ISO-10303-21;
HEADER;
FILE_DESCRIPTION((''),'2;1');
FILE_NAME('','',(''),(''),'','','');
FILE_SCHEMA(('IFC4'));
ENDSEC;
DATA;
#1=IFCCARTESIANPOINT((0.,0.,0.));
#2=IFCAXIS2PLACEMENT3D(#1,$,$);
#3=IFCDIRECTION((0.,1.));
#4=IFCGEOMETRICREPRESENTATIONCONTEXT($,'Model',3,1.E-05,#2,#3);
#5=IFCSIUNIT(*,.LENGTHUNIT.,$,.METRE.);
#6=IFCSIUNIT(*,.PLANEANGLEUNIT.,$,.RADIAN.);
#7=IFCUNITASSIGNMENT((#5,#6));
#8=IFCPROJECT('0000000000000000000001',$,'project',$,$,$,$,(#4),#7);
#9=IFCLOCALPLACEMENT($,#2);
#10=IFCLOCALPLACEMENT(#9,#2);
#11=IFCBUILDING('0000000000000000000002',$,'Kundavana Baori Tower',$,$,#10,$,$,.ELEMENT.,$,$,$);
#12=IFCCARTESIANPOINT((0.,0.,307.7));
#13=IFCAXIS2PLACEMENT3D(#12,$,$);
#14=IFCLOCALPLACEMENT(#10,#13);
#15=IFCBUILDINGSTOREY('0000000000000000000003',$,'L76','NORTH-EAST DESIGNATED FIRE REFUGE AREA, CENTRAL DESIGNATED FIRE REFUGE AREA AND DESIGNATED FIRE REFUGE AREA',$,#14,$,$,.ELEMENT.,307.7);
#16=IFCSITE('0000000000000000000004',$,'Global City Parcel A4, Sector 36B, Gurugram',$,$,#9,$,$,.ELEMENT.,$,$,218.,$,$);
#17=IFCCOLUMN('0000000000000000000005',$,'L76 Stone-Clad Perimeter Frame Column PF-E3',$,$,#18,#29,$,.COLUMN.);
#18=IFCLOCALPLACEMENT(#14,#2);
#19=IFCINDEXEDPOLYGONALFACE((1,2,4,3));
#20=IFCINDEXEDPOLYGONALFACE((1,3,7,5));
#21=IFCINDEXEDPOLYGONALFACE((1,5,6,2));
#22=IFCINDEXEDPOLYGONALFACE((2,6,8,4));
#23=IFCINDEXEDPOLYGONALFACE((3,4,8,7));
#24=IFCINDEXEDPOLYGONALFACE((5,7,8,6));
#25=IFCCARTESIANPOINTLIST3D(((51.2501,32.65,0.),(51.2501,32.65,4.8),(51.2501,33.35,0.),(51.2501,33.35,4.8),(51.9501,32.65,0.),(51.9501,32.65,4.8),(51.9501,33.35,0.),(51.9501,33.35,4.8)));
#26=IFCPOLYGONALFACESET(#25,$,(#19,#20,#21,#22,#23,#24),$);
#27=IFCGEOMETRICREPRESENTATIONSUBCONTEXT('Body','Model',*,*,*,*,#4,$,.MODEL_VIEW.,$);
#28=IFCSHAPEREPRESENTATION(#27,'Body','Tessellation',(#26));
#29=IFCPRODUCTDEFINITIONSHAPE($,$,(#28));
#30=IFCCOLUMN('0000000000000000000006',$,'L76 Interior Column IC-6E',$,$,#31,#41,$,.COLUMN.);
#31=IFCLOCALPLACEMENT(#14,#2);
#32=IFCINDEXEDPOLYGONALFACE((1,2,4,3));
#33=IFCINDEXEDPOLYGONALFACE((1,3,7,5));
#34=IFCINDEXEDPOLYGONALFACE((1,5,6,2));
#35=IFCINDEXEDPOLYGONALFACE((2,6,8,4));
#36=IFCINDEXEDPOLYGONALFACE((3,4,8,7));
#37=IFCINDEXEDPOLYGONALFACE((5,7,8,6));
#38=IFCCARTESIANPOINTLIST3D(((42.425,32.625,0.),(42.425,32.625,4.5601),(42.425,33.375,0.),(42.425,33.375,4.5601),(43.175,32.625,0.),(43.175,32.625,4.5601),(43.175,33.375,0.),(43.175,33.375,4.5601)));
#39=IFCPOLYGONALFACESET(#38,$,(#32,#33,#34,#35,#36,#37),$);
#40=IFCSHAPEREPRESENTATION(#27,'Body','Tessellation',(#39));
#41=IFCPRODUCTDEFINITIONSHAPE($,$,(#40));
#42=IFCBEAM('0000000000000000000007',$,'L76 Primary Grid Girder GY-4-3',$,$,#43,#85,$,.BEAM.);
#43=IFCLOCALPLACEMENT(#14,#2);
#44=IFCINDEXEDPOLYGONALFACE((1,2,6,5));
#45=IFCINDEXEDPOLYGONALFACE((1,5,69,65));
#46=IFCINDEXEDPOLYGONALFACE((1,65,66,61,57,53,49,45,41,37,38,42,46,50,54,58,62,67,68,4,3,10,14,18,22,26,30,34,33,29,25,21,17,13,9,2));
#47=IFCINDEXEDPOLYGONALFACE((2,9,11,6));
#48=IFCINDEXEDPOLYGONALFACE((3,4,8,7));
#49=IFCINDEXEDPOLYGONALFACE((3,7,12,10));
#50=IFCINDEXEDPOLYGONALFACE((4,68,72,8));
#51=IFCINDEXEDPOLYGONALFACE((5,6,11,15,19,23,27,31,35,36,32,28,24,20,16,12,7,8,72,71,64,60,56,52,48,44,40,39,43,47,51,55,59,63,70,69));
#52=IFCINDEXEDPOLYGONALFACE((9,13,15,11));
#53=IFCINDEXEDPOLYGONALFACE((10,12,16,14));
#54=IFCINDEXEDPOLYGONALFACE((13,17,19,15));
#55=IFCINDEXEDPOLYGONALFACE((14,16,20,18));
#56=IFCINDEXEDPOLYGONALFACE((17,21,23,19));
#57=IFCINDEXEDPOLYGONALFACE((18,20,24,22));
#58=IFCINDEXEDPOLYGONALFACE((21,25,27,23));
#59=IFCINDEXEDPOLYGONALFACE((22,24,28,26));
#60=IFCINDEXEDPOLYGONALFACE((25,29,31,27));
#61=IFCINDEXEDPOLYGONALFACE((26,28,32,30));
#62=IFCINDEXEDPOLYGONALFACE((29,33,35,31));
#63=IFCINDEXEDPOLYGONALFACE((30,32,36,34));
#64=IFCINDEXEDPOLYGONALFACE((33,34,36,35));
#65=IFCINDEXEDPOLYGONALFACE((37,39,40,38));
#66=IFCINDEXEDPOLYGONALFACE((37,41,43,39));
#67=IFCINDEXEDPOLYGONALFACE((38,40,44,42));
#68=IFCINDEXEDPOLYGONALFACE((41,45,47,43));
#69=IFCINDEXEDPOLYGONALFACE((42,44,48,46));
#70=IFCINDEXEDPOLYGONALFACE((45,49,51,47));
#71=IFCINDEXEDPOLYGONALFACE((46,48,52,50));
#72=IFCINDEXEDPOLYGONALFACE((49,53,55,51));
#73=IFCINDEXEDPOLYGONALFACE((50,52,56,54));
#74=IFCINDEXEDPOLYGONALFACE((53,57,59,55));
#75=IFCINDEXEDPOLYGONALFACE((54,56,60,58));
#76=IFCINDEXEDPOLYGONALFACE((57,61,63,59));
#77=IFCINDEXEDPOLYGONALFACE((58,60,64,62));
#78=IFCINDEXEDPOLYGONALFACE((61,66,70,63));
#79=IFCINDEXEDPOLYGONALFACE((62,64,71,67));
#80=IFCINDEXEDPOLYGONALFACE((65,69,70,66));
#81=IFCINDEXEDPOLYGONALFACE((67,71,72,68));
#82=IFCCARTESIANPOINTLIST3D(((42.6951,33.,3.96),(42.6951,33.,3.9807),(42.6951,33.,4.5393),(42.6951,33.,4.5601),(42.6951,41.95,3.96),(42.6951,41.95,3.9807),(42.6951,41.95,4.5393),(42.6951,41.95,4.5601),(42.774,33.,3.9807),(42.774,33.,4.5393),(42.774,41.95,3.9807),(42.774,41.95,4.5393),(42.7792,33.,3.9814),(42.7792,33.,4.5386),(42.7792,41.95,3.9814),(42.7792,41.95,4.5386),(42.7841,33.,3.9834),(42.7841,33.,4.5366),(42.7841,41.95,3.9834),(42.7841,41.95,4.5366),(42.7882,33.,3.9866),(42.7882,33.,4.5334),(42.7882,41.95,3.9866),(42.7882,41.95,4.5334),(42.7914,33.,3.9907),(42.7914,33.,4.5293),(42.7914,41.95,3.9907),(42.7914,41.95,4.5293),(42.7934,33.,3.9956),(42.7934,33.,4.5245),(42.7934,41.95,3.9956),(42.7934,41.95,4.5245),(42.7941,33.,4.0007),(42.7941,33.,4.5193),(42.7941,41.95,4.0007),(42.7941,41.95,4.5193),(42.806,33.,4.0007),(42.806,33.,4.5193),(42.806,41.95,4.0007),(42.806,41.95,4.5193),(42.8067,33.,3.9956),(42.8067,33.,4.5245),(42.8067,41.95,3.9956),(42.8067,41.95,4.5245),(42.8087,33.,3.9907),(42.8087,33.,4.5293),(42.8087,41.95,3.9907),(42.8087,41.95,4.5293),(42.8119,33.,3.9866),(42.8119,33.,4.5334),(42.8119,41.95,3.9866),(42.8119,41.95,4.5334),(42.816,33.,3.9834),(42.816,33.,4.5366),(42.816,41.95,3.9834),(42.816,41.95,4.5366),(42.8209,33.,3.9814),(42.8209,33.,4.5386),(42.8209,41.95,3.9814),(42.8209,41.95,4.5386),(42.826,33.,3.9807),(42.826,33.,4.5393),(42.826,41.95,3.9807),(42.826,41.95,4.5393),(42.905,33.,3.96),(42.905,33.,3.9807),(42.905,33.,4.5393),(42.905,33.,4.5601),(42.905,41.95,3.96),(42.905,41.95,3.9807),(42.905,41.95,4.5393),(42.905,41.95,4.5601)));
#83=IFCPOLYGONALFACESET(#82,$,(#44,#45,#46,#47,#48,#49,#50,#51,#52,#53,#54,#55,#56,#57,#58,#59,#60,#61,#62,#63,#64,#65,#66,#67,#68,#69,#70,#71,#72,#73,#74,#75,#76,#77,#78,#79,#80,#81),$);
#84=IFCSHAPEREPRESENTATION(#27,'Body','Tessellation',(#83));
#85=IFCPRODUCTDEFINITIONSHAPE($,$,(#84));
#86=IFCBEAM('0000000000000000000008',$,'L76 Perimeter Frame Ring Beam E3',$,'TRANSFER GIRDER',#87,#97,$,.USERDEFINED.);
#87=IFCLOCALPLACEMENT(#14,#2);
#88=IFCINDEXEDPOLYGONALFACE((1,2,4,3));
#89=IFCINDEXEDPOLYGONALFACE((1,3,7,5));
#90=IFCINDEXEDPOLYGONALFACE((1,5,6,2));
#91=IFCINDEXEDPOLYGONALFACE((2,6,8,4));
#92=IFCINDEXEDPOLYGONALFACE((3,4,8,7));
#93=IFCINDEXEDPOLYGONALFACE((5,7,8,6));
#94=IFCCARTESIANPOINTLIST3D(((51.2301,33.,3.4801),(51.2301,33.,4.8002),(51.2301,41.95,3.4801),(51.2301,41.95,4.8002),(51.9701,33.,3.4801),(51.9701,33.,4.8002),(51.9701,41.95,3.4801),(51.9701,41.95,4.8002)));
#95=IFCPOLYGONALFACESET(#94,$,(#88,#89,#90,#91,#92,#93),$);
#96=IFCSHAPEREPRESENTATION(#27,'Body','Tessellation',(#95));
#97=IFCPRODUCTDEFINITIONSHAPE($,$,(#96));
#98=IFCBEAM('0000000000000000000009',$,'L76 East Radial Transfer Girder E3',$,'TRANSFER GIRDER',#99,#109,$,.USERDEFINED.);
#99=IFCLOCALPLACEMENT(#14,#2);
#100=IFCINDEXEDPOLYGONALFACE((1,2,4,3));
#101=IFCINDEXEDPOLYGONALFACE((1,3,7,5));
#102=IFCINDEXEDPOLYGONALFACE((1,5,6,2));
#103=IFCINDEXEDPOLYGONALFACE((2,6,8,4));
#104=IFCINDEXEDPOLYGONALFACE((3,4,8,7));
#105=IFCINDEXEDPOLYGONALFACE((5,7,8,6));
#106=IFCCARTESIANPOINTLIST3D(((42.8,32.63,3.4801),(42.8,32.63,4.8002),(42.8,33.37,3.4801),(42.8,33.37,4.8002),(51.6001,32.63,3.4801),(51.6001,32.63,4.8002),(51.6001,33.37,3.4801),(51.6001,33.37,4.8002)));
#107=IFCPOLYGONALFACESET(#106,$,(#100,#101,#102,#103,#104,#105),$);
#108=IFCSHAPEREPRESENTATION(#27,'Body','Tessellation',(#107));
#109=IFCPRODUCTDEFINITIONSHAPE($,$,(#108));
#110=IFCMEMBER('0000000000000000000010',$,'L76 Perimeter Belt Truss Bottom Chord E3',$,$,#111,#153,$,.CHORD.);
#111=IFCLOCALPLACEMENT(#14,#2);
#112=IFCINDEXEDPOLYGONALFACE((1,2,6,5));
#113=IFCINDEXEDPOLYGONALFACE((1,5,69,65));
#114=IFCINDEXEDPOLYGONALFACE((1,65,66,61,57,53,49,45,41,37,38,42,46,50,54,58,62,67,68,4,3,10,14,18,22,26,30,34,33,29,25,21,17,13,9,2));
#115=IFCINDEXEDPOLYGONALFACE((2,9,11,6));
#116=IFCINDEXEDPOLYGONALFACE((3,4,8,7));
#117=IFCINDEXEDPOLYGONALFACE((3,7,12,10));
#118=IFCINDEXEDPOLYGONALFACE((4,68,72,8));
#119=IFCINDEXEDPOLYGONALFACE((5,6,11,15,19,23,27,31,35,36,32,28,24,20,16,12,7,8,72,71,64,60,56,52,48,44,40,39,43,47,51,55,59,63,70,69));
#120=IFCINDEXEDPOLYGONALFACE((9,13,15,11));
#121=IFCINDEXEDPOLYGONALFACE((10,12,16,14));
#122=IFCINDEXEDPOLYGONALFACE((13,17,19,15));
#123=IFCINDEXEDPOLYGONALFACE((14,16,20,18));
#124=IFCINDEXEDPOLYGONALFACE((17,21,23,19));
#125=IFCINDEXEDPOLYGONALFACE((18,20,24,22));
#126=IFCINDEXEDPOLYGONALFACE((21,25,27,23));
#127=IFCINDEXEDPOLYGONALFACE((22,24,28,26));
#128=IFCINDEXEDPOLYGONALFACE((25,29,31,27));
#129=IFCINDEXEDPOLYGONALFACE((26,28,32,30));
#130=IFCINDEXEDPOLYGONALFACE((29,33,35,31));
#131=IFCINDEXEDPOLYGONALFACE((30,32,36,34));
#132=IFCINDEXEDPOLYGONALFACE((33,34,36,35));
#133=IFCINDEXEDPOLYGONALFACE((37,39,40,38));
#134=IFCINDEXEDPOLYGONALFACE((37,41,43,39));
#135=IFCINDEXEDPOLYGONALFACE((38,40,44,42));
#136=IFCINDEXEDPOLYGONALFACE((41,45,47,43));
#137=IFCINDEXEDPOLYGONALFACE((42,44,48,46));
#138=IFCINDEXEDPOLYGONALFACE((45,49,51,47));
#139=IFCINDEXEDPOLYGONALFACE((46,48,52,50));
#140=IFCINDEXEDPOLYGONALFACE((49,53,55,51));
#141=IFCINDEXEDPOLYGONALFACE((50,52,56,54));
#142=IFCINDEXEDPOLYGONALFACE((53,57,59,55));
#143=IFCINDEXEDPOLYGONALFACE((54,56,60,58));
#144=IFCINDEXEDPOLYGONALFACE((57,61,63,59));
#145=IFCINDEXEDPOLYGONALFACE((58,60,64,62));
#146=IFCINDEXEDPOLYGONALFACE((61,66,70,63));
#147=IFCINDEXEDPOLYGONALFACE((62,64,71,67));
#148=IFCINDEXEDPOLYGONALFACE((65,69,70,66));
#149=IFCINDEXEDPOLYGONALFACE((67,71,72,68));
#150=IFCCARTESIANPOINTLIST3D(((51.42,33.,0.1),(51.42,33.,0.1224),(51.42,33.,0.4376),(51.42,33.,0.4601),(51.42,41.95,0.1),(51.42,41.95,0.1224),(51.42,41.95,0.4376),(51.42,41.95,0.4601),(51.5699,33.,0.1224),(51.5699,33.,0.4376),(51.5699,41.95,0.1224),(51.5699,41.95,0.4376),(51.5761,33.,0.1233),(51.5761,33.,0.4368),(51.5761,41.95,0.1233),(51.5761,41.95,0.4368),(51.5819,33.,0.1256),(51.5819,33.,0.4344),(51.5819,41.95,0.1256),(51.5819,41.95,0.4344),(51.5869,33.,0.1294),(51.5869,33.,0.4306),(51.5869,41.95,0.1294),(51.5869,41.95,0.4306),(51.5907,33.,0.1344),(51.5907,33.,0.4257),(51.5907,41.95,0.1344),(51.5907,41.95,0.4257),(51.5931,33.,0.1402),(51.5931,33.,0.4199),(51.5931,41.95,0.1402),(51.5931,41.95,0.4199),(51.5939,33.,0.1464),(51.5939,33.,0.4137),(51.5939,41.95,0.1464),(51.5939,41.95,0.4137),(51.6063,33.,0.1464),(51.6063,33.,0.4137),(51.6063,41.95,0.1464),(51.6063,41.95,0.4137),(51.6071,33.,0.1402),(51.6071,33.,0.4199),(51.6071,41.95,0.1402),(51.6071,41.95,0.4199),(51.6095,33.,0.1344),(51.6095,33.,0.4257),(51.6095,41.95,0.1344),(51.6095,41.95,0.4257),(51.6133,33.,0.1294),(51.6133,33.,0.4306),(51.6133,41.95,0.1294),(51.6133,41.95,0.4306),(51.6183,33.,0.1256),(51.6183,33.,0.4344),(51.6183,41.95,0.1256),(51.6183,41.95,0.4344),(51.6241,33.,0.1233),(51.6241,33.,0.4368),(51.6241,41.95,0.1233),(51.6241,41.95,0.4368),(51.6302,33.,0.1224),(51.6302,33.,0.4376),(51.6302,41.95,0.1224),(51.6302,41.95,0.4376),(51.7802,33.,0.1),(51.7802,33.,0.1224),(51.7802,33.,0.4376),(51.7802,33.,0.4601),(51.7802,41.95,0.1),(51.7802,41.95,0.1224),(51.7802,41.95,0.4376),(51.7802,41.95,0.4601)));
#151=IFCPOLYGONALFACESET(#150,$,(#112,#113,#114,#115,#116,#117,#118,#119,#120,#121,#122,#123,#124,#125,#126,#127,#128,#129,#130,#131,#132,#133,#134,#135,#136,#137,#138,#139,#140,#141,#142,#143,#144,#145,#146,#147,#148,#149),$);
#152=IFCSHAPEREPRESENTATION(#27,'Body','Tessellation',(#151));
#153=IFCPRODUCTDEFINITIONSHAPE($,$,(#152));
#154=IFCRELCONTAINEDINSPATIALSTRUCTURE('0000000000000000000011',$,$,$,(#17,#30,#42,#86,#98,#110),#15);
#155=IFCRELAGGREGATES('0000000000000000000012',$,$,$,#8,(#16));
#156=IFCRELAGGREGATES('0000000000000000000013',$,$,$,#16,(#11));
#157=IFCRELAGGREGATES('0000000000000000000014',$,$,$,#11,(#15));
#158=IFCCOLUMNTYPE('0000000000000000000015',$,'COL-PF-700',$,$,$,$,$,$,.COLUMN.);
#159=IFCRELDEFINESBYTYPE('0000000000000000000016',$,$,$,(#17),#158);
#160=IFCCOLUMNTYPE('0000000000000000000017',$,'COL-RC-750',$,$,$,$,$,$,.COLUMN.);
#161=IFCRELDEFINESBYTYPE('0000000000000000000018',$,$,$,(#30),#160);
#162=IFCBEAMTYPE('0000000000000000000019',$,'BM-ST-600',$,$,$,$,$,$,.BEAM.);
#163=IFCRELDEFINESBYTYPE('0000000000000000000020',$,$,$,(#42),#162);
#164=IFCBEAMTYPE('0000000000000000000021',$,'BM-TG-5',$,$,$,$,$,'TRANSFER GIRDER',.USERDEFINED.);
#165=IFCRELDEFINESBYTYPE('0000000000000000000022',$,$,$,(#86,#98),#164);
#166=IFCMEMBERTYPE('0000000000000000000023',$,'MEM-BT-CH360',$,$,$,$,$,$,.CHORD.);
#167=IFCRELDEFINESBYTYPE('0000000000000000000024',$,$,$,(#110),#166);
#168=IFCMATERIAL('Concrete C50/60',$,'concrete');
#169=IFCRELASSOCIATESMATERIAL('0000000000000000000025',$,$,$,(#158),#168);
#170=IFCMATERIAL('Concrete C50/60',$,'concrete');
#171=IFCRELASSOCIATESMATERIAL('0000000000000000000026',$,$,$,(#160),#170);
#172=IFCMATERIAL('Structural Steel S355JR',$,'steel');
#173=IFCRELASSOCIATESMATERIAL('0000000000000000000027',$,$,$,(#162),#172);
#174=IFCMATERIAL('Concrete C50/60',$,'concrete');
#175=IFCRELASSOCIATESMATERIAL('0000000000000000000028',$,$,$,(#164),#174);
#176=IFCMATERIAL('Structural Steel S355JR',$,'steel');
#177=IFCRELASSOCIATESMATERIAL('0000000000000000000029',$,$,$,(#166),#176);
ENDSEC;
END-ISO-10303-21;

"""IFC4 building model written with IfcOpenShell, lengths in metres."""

from ifc_helpers import new_model, si_unit, direction, frame, origin, origin_2d, place, context, subcontext, project, spatial, rectangle, i_section, extrude, material, material_profile, profile_set, type_object, element, save


model = new_model("IFC4")

# Units and contexts
model_context = context("Model", 3, precision=1e-05, world=origin(), true_north=direction((0.0, 1.0)))
body_context = subcontext(model_context, "Body", "Model", "MODEL_VIEW")
ifc_project = project(units=[si_unit("LENGTHUNIT", "METRE"), si_unit("PLANEANGLEUNIT", "RADIAN")], contexts=[model_context])

# Site, building, storey
site_placement = place(None, origin())
site = spatial("IfcSite", under=ifc_project, at=site_placement, Name="Global City Parcel A4, Sector 36B, Gurugram", CompositionType="ELEMENT", RefElevation=218.0)
building_placement = place(site_placement, origin())
building = spatial("IfcBuilding", under=site, at=building_placement, Name="Kundavana Baori Tower", CompositionType="ELEMENT")
storey_placement = place(building_placement, frame((0.0, 0.0, 307.7)))
storey = spatial("IfcBuildingStorey", under=building, at=storey_placement, Name="L76", Description="NORTH-EAST DESIGNATED FIRE REFUGE AREA, CENTRAL DESIGNATED FIRE REFUGE AREA AND DESIGNATED FIRE REFUGE AREA", CompositionType="ELEMENT", Elevation=307.7)

# Columns
ifc_material_1 = material(Name="Concrete C50/60", Category="concrete")
ifc_material_profile_1 = material_profile(ifc_material_1, rectangle(XDim=0.7, YDim=0.7, at=origin_2d()), Name="RC PF 700x700")
ifc_profile_set_1 = profile_set([ifc_material_profile_1], Name="Concrete C50/60")
column_type_1 = type_object("IfcColumnType", Name="COL-PF-700", PredefinedType="COLUMN", material=ifc_profile_set_1)
column_1_placement = place(storey_placement, frame((51.6001, 33.0, 0.0), z_axis=(0.0, 0.0, 1.0), x_axis=(1.0, 0.0, 0.0)))
element("IfcColumn", 1, at=column_1_placement, inside=storey, type_object=column_type_1, Name="L76 Stone-Clad Perimeter Frame Column PF-E3", PredefinedType="COLUMN", context=body_context, shape_type="SweptSolid", body=[
    extrude(rectangle(XDim=0.7, YDim=0.7, at=origin_2d()), origin(), (0.0, 0.0, 1.0), 4.8),
])
ifc_material_2 = material(Name="Concrete C50/60", Category="concrete")
ifc_material_profile_2 = material_profile(ifc_material_2, rectangle(XDim=0.75, YDim=0.75, at=origin_2d()), Name="RC 750x750")
ifc_profile_set_2 = profile_set([ifc_material_profile_2], Name="Concrete C50/60")
column_type_2 = type_object("IfcColumnType", Name="COL-RC-750", PredefinedType="COLUMN", material=ifc_profile_set_2)
column_2_placement = place(storey_placement, frame((42.8, 33.0, 0.0), z_axis=(0.0, 0.0, 1.0), x_axis=(1.0, 0.0, 0.0)))
element("IfcColumn", 2, at=column_2_placement, inside=storey, type_object=column_type_2, Name="L76 Interior Column IC-6E", PredefinedType="COLUMN", context=body_context, shape_type="SweptSolid", body=[
    extrude(rectangle(XDim=0.75, YDim=0.75, at=origin_2d()), origin(), (0.0, 0.0, 1.0), 4.5601),
])

# Beams
ifc_material_3 = material(Name="Structural Steel S355JR", Category="steel")
ifc_material_profile_3 = material_profile(ifc_material_3, i_section(OverallWidth=0.21, OverallDepth=0.6001, WebThickness=0.012, FlangeThickness=0.0208, FilletRadius=0.02, at=origin_2d()), Name="ISMB 600")
ifc_profile_set_3 = profile_set([ifc_material_profile_3], Name="Structural Steel S355JR")
beam_type_1 = type_object("IfcBeamType", Name="BM-ST-600", PredefinedType="BEAM", material=ifc_profile_set_3)
beam_1_placement = place(storey_placement, frame((42.8, 33.0, 4.26), z_axis=(0.0, 1.0, 0.0), x_axis=(-1.0, 0.0, 0.0)))
element("IfcBeam", 3, at=beam_1_placement, inside=storey, type_object=beam_type_1, Name="L76 Primary Grid Girder GY-4-3", PredefinedType="BEAM", context=body_context, shape_type="SweptSolid", body=[
    extrude(i_section(OverallWidth=0.21, OverallDepth=0.6001, WebThickness=0.012, FlangeThickness=0.0208, FilletRadius=0.02, at=origin_2d()), origin(), (0.0, 0.0, 1.0), 8.95),
])
ifc_material_4 = material(Name="Concrete C50/60", Category="concrete")
ifc_material_profile_4 = material_profile(ifc_material_4, rectangle(XDim=0.74, YDim=1.3201, at=origin_2d()), Name="BM-TG-5")
ifc_profile_set_4 = profile_set([ifc_material_profile_4], Name="Concrete C50/60")
beam_type_2 = type_object("IfcBeamType", Name="BM-TG-5", ElementType="TRANSFER GIRDER", PredefinedType="USERDEFINED", material=ifc_profile_set_4)
beam_2_placement = place(storey_placement, frame((51.6001, 33.0, 4.1401), z_axis=(0.0, 1.0, 0.0), x_axis=(-1.0, 0.0, 0.0)))
element("IfcBeam", 4, at=beam_2_placement, inside=storey, type_object=beam_type_2, Name="L76 Perimeter Frame Ring Beam E3", ObjectType="TRANSFER GIRDER", PredefinedType="USERDEFINED", context=body_context, shape_type="SweptSolid", body=[
    extrude(rectangle(XDim=0.74, YDim=1.3201, at=origin_2d()), origin(), (0.0, 0.0, 1.0), 8.95),
])
beam_3_placement = place(storey_placement, frame((42.8, 33.0, 4.1401), z_axis=(1.0, 0.0, 0.0), x_axis=(0.0, 1.0, 0.0)))
element("IfcBeam", 5, at=beam_3_placement, inside=storey, type_object=beam_type_2, Name="L76 East Radial Transfer Girder E3", ObjectType="TRANSFER GIRDER", PredefinedType="USERDEFINED", context=body_context, shape_type="SweptSolid", body=[
    extrude(rectangle(XDim=0.74, YDim=1.3201, at=origin_2d()), origin(), (0.0, 0.0, 1.0), 8.8),
])

# Member
ifc_material_5 = material(Name="Structural Steel S355JR", Category="steel")
ifc_material_profile_5 = material_profile(ifc_material_5, i_section(OverallWidth=0.3601, OverallDepth=0.3601, WebThickness=0.0125, FlangeThickness=0.0225, FilletRadius=0.0239, at=origin_2d()), Name="WPB 360x360x142")
ifc_profile_set_5 = profile_set([ifc_material_profile_5], Name="Structural Steel S355JR")
member_type_1 = type_object("IfcMemberType", Name="MEM-BT-CH360", PredefinedType="CHORD", material=ifc_profile_set_5)
member_1_placement = place(storey_placement, frame((51.6001, 33.0, 0.28), z_axis=(0.0, 1.0, 0.0), x_axis=(-1.0, 0.0, 0.0)))
element("IfcMember", 6, at=member_1_placement, inside=storey, type_object=member_type_1, Name="L76 Perimeter Belt Truss Bottom Chord E3", PredefinedType="CHORD", context=body_context, shape_type="SweptSolid", body=[
    extrude(i_section(OverallWidth=0.3601, OverallDepth=0.3601, WebThickness=0.0125, FlangeThickness=0.0225, FilletRadius=0.0239, at=origin_2d()), origin(), (0.0, 0.0, 1.0), 8.95),
])

save(model, "model.ifc")
